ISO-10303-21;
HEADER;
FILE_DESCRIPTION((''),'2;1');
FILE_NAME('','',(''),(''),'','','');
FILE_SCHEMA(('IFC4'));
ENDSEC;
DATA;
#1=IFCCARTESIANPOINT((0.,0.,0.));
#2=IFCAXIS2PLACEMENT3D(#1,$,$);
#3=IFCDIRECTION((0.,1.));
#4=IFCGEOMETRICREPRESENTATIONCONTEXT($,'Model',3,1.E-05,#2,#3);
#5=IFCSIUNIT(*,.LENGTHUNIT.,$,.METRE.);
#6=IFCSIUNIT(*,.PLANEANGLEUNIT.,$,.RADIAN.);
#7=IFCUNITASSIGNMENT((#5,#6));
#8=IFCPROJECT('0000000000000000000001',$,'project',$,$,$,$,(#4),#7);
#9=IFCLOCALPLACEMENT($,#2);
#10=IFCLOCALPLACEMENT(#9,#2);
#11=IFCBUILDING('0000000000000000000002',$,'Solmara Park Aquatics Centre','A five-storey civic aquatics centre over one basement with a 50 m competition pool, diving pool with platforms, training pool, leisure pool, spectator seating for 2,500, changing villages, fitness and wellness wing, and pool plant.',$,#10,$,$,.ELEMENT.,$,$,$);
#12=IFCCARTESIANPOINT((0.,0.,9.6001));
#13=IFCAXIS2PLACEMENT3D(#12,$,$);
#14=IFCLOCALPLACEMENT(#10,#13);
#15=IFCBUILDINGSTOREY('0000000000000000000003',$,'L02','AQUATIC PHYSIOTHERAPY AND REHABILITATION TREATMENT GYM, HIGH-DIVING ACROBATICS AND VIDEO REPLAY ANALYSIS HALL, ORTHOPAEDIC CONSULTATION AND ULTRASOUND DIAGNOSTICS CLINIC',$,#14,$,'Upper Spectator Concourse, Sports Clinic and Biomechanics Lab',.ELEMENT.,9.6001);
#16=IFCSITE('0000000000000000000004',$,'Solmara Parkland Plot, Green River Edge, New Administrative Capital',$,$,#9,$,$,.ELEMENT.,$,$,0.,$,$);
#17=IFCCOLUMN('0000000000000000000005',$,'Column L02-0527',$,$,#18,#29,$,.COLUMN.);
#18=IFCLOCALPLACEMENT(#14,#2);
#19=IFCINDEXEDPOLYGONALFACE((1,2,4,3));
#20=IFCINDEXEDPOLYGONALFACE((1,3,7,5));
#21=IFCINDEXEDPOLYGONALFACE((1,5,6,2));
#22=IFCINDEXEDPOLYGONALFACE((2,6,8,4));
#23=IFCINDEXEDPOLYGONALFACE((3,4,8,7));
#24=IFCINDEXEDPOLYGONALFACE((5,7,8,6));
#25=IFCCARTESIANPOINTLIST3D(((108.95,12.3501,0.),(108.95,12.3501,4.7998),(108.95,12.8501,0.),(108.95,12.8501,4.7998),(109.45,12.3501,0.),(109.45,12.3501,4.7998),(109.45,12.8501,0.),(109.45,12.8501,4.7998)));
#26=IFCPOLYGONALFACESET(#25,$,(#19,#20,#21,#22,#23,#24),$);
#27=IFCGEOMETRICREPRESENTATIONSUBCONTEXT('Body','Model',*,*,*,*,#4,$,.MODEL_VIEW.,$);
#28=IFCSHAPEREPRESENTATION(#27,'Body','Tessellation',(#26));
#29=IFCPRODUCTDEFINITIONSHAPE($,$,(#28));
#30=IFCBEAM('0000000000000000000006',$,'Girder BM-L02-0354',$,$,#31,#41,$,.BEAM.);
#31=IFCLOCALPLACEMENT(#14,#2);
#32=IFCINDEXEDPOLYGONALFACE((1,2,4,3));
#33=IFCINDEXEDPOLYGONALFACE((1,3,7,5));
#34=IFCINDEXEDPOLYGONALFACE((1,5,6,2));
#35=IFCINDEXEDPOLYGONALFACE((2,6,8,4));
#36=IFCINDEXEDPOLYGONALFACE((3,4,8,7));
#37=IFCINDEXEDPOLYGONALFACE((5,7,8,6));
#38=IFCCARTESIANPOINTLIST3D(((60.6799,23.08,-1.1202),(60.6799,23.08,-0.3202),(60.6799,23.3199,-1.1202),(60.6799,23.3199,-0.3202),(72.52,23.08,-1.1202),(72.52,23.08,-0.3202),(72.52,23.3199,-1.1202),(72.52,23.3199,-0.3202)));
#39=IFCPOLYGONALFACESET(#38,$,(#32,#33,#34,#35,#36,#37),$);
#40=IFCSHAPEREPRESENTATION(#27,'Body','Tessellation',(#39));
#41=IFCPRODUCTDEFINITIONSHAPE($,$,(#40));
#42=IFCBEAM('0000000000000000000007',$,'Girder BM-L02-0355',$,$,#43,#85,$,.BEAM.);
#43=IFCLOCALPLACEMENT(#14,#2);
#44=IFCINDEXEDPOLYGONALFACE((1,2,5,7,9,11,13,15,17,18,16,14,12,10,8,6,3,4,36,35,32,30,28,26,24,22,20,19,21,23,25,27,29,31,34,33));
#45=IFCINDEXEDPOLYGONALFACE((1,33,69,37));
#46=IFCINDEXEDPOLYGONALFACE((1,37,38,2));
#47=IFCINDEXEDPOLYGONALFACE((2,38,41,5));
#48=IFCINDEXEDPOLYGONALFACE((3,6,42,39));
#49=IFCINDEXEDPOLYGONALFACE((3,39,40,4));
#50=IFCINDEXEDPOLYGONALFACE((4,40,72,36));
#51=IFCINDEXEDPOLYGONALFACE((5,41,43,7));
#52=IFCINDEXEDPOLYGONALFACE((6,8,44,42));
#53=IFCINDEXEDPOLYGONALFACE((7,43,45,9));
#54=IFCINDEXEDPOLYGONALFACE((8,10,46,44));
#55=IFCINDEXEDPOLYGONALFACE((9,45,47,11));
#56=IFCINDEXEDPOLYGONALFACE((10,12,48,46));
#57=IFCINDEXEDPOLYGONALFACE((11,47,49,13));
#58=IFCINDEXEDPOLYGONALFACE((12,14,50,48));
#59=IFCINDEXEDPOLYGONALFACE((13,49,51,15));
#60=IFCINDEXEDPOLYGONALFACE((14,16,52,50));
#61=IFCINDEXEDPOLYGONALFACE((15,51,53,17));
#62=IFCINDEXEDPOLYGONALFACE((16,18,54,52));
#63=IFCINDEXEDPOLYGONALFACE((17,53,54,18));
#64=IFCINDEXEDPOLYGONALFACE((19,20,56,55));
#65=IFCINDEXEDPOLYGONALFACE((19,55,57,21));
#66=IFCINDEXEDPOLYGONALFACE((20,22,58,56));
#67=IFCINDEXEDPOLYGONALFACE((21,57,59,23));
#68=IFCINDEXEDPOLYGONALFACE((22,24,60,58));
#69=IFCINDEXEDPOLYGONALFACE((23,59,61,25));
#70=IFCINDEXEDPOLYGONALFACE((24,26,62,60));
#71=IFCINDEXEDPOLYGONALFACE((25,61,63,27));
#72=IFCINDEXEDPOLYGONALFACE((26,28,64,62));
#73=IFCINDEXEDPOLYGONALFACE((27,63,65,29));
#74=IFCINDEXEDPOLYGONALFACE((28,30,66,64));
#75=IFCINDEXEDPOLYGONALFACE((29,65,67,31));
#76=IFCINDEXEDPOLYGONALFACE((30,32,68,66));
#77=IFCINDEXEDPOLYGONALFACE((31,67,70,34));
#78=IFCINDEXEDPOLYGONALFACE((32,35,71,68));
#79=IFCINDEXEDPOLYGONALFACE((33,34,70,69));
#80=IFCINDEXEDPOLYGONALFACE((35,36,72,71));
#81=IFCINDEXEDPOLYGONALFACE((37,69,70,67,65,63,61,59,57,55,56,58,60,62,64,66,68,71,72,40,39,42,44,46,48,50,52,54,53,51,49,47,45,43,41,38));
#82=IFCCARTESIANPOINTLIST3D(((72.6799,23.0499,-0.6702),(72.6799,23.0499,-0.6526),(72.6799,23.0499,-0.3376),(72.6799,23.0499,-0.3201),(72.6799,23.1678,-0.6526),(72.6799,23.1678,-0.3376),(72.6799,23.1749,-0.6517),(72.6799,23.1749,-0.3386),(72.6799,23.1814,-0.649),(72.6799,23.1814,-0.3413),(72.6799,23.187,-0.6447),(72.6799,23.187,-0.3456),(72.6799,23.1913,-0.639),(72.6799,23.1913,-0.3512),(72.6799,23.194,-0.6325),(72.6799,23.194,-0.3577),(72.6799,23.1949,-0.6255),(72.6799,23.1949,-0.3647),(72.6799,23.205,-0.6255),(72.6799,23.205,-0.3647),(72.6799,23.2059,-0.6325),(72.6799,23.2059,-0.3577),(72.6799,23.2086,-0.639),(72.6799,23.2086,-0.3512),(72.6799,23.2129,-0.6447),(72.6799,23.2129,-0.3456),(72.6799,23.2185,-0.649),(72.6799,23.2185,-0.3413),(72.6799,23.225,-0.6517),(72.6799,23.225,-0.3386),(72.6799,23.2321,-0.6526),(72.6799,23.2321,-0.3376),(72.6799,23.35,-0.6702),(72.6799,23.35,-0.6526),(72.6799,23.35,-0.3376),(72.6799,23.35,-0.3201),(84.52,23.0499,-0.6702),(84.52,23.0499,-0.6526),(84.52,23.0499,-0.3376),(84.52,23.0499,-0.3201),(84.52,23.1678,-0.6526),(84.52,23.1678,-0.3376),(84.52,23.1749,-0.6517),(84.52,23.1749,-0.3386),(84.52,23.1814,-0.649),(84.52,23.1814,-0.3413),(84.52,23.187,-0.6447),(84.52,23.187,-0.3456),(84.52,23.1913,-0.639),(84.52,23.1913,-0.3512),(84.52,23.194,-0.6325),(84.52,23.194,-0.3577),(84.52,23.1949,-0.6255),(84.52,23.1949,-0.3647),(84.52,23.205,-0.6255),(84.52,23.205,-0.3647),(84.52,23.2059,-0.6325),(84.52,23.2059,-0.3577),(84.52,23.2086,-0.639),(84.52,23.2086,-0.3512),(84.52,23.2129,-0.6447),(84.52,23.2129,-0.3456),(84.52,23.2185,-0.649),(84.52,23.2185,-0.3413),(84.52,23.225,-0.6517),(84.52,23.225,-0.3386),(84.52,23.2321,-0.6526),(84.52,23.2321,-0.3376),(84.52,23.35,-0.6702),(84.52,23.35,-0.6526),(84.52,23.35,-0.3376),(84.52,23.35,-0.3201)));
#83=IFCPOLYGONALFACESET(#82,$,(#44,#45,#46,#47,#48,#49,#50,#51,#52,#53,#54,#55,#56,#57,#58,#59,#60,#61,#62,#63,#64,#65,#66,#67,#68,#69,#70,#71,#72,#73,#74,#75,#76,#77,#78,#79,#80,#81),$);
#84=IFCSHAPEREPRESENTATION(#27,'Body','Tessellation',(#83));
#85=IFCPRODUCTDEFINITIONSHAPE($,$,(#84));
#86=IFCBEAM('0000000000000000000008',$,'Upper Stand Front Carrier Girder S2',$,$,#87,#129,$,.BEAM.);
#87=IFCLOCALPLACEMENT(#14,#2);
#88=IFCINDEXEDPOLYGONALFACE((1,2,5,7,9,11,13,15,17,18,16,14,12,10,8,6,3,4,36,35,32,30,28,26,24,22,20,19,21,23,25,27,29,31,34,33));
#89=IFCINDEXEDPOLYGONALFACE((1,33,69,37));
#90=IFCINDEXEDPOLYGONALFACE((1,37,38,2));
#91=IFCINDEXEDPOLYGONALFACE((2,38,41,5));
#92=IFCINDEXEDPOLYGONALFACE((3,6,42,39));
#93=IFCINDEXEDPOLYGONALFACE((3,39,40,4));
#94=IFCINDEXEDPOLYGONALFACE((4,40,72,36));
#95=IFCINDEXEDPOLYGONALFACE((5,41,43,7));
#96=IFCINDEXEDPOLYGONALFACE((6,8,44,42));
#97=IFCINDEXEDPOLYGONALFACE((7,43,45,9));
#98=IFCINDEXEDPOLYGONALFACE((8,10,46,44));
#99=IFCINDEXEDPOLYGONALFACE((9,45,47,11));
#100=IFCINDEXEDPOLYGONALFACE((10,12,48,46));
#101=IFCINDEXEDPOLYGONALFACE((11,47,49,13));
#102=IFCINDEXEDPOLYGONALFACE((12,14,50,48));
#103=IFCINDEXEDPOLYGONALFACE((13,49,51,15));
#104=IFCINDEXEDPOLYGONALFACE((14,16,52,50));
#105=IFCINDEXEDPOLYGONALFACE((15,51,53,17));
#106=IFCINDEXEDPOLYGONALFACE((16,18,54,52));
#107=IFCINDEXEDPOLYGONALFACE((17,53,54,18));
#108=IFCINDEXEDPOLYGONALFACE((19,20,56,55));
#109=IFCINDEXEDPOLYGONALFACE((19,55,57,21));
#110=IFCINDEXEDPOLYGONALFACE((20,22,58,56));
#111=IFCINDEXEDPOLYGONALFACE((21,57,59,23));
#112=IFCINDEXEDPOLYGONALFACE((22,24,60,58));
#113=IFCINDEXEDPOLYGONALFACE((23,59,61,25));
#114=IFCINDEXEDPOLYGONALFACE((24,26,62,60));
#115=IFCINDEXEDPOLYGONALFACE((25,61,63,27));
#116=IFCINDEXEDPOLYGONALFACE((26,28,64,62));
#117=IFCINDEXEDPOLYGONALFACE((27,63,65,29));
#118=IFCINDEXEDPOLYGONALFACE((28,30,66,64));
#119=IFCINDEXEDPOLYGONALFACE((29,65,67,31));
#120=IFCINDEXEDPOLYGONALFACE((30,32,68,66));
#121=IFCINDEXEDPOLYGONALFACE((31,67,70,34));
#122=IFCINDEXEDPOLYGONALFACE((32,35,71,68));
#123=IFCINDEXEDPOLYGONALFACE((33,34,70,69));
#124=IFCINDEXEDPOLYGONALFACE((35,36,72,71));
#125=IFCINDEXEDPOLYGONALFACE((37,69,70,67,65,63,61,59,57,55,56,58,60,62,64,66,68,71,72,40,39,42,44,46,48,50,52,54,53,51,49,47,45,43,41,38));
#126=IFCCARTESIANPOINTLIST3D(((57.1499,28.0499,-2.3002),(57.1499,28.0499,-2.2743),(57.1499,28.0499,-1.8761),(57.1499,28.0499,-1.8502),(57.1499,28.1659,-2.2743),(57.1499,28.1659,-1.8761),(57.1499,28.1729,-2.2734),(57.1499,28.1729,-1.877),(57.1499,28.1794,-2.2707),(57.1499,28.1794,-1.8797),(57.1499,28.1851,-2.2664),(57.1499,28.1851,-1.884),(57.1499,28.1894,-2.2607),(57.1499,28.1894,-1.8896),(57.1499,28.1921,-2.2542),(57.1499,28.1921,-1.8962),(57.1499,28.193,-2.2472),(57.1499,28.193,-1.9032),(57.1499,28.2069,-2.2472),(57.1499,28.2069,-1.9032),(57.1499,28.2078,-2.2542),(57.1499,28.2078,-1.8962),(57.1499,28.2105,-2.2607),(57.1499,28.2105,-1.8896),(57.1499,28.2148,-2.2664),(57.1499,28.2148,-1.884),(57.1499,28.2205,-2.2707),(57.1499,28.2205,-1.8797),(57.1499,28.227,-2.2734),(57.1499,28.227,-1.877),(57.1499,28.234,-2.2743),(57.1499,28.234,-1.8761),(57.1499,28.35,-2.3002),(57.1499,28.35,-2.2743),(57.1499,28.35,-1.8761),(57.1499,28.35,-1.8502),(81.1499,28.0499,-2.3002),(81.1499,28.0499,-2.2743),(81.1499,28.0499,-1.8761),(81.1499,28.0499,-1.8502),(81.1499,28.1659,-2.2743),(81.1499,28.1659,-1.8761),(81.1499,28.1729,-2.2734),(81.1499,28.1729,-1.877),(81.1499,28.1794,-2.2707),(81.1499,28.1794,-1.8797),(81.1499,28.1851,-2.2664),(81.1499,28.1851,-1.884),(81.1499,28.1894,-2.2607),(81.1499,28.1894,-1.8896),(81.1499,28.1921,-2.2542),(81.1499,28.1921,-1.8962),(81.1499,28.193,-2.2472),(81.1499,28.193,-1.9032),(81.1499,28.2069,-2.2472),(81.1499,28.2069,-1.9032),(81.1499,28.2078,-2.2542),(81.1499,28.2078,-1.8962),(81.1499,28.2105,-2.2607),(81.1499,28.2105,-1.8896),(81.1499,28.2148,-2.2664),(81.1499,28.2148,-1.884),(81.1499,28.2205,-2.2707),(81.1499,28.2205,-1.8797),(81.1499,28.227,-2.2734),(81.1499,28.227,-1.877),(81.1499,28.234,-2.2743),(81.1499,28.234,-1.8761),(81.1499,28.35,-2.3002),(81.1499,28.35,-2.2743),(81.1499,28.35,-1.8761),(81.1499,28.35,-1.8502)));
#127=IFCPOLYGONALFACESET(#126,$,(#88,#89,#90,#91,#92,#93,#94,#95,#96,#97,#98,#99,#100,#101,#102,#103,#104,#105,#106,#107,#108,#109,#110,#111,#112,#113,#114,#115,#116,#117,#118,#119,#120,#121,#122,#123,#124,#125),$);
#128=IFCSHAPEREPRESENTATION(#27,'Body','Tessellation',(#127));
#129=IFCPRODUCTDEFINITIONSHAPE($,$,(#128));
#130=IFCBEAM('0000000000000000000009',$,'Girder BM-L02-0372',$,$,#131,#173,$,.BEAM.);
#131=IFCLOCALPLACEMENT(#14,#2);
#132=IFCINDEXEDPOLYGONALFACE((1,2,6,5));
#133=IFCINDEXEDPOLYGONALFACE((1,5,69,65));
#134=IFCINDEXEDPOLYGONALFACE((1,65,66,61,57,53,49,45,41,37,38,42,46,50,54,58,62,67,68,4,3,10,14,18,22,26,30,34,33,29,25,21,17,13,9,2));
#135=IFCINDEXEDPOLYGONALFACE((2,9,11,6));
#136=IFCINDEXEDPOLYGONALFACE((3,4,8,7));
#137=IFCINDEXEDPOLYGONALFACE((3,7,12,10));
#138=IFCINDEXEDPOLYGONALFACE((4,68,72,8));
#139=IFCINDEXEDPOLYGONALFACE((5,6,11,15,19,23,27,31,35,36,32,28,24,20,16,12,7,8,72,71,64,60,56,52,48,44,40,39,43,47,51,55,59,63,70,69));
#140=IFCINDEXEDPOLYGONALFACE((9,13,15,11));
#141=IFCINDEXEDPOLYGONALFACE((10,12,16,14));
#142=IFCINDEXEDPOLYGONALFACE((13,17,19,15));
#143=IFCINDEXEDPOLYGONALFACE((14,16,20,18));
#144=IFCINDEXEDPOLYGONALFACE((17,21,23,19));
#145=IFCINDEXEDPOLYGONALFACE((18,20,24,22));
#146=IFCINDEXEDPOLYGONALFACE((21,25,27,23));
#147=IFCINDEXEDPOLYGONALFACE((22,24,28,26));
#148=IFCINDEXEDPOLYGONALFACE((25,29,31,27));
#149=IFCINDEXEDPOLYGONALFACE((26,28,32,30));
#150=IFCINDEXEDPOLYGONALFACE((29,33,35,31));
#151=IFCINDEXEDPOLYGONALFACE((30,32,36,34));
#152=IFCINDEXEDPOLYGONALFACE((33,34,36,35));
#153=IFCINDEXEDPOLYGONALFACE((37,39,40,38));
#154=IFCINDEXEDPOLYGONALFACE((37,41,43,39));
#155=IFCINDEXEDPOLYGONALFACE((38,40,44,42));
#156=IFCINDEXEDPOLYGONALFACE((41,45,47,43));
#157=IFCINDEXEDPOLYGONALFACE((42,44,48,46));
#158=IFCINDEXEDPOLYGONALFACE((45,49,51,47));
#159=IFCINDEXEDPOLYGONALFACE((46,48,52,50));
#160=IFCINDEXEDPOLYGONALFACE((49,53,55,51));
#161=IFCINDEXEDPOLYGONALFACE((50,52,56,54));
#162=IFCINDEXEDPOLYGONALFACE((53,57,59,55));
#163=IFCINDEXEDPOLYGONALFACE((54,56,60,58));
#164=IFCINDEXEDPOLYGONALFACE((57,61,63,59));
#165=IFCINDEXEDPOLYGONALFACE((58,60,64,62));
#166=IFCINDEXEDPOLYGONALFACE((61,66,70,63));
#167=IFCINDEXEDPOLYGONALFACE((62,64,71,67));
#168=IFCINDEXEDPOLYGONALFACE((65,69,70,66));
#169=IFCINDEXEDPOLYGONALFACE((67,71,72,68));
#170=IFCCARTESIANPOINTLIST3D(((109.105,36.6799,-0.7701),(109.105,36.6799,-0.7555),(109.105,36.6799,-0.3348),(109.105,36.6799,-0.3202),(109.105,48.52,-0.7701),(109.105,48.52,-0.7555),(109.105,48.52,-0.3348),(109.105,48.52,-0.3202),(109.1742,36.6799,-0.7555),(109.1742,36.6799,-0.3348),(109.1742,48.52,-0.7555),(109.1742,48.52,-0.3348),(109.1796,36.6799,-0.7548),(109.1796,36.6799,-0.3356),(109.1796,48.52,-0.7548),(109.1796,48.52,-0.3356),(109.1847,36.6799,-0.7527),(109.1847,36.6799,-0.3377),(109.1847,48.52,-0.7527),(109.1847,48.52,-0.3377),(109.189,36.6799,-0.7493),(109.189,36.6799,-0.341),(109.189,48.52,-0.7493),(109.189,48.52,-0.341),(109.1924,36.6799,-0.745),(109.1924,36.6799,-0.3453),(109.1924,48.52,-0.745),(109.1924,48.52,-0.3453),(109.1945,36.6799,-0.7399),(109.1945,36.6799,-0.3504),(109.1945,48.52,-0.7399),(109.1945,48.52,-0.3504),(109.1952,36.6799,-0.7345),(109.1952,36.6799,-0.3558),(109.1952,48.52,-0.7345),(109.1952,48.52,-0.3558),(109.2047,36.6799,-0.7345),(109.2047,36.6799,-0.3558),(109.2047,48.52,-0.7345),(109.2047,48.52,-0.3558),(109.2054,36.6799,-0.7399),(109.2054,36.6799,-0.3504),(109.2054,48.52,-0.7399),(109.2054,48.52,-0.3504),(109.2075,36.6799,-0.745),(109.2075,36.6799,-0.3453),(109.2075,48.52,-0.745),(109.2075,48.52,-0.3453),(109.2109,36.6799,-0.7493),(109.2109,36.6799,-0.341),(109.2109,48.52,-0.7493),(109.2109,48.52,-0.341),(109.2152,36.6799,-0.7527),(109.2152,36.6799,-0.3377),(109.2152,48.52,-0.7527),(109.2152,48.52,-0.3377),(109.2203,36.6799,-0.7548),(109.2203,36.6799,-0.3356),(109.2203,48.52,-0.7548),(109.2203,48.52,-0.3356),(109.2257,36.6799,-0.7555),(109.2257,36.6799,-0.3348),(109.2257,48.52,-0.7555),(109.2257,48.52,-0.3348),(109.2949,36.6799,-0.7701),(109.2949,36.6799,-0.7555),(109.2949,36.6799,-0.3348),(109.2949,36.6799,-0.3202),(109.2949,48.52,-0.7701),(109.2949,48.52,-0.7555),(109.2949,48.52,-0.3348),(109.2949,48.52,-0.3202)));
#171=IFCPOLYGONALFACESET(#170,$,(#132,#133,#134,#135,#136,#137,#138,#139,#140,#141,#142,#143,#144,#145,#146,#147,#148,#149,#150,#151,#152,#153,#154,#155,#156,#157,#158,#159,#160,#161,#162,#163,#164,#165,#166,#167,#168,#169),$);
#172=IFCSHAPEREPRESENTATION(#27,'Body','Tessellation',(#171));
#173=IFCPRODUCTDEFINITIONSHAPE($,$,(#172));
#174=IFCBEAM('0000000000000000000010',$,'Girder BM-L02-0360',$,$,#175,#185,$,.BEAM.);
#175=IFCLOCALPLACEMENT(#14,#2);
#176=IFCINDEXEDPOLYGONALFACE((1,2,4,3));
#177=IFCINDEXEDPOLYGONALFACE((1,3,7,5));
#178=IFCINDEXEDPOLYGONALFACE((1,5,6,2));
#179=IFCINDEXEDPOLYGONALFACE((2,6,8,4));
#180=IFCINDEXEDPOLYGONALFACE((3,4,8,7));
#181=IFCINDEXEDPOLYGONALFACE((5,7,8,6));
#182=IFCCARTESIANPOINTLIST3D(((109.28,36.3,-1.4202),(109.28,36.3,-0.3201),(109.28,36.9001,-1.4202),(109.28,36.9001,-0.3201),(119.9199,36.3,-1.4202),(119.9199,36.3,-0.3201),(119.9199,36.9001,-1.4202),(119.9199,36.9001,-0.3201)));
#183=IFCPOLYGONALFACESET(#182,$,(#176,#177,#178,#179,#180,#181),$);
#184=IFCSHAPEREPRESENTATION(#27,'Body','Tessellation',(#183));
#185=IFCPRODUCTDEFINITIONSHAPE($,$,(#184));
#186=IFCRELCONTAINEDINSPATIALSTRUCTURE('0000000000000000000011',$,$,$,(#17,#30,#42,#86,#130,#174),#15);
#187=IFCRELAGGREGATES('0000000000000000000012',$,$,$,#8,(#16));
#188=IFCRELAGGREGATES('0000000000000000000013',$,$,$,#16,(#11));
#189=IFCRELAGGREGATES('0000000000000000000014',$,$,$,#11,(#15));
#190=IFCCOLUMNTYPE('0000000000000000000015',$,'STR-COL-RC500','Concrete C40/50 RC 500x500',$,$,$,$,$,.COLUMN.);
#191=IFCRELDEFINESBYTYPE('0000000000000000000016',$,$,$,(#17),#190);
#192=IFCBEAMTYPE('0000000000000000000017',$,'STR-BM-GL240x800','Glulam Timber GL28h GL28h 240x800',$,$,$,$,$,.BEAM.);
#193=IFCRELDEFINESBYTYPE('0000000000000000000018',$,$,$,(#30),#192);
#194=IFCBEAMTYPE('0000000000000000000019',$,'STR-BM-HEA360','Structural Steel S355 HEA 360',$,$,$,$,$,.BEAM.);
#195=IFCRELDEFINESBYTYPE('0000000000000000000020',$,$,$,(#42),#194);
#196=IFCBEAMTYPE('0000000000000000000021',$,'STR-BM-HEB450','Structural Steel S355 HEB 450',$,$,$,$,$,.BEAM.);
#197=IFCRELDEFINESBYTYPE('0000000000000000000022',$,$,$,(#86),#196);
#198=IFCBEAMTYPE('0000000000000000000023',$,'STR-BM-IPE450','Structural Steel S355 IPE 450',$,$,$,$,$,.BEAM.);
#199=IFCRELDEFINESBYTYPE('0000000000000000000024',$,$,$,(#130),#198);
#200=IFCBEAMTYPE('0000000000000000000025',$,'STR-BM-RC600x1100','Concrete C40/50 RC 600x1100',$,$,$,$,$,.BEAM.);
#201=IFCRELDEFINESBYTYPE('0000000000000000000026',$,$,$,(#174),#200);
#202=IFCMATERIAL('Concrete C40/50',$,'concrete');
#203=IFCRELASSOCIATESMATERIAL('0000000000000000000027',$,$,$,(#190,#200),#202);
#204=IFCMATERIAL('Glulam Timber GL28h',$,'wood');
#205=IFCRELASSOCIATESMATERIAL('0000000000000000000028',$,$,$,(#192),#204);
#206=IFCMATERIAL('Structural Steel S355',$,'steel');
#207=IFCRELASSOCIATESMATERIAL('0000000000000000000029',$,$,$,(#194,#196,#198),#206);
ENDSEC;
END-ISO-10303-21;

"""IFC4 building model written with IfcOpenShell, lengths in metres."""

from ifc_helpers import new_model, si_unit, direction, frame, origin, origin_2d, place, context, subcontext, project, spatial, rectangle, i_section, extrude, material, material_profile, profile_set, type_object, element, save


model = new_model("IFC4")

# Units and contexts
model_context = context("Model", 3, precision=1e-05, world=origin(), true_north=direction((0.0, 1.0)))
body_context = subcontext(model_context, "Body", "Model", "MODEL_VIEW")
ifc_project = project(units=[si_unit("LENGTHUNIT", "METRE"), si_unit("PLANEANGLEUNIT", "RADIAN")], contexts=[model_context])

# Site, building, storey
site_placement = place(None, origin())
site = spatial("IfcSite", under=ifc_project, at=site_placement, Name="Solmara Parkland Plot, Green River Edge, New Administrative Capital", CompositionType="ELEMENT", RefElevation=0.0)
building_placement = place(site_placement, origin())
building = spatial("IfcBuilding", under=site, at=building_placement, Name="Solmara Park Aquatics Centre", Description="A five-storey civic aquatics centre over one basement with a 50 m competition pool, diving pool with platforms, training pool, leisure pool, spectator seating for 2,500, changing villages, fitness and wellness wing, and pool plant.", CompositionType="ELEMENT")
storey_placement = place(building_placement, frame((0.0, 0.0, 9.6001)))
storey = spatial("IfcBuildingStorey", under=building, at=storey_placement, Name="L02", Description="AQUATIC PHYSIOTHERAPY AND REHABILITATION TREATMENT GYM, HIGH-DIVING ACROBATICS AND VIDEO REPLAY ANALYSIS HALL, ORTHOPAEDIC CONSULTATION AND ULTRASOUND DIAGNOSTICS CLINIC", LongName="Upper Spectator Concourse, Sports Clinic and Biomechanics Lab", CompositionType="ELEMENT", Elevation=9.6001)

# Column
ifc_material_1 = material(Name="Structural Steel S355", Category="steel")
ifc_material_2 = material(Name="Concrete C40/50", Category="concrete")
ifc_material_profile_1 = material_profile(ifc_material_2, rectangle(XDim=0.5, YDim=0.5, at=origin_2d()), Name="RC 500x500")
ifc_profile_set_1 = profile_set([ifc_material_profile_1], Name="Concrete C40/50")
column_type_1 = type_object("IfcColumnType", Name="STR-COL-RC500", Description="Concrete C40/50 RC 500x500", PredefinedType="COLUMN", material=ifc_profile_set_1)
column_1_placement = place(storey_placement, frame((109.2, 12.6001, 0.0), z_axis=(0.0, 0.0, 1.0), x_axis=(1.0, 0.0, 0.0)))
element("IfcColumn", 1, at=column_1_placement, inside=storey, type_object=column_type_1, Name="Column L02-0527", PredefinedType="COLUMN", context=body_context, shape_type="SweptSolid", body=[
    extrude(rectangle(XDim=0.5, YDim=0.5, at=origin_2d()), origin(), (0.0, 0.0, 1.0), 4.7998),
])

# Beams
ifc_material_3 = material(Name="Glulam Timber GL28h", Category="wood")
ifc_material_profile_2 = material_profile(ifc_material_3, rectangle(XDim=0.24, YDim=0.8, at=origin_2d()), Name="GL28h 240x800")
ifc_profile_set_2 = profile_set([ifc_material_profile_2], Name="Glulam Timber GL28h")
beam_type_1 = type_object("IfcBeamType", Name="STR-BM-GL240x800", Description="Glulam Timber GL28h GL28h 240x800", PredefinedType="BEAM", material=ifc_profile_set_2)
beam_1_placement = place(storey_placement, frame((60.6799, 23.2, -0.7202), z_axis=(1.0, 0.0, 0.0), x_axis=(0.0, 1.0, 0.0)))
element("IfcBeam", 2, at=beam_1_placement, inside=storey, type_object=beam_type_1, Name="Girder BM-L02-0354", PredefinedType="BEAM", context=body_context, shape_type="SweptSolid", body=[
    extrude(rectangle(XDim=0.24, YDim=0.8, at=origin_2d()), origin(), (0.0, 0.0, 1.0), 11.8401),
])
ifc_material_profile_3 = material_profile(ifc_material_1, i_section(OverallWidth=0.3, OverallDepth=0.3501, WebThickness=0.01, FlangeThickness=0.0176, FilletRadius=0.0271, at=origin_2d()), Name="HEA 360")
ifc_profile_set_3 = profile_set([ifc_material_profile_3], Name="Structural Steel S355")
beam_type_2 = type_object("IfcBeamType", Name="STR-BM-HEA360", Description="Structural Steel S355 HEA 360", PredefinedType="BEAM", material=ifc_profile_set_3)
beam_2_placement = place(storey_placement, frame((72.6799, 23.2, -0.4951), z_axis=(1.0, 0.0, 0.0), x_axis=(0.0, 1.0, 0.0)))
element("IfcBeam", 3, at=beam_2_placement, inside=storey, type_object=beam_type_2, Name="Girder BM-L02-0355", PredefinedType="BEAM", context=body_context, shape_type="SweptSolid", body=[
    extrude(i_section(OverallWidth=0.3, OverallDepth=0.3501, WebThickness=0.01, FlangeThickness=0.0176, FilletRadius=0.0271, at=origin_2d()), origin(), (0.0, 0.0, 1.0), 11.8401),
])
ifc_material_profile_4 = material_profile(ifc_material_1, i_section(OverallWidth=0.3, OverallDepth=0.45, WebThickness=0.0139, FlangeThickness=0.0259, FilletRadius=0.0271, at=origin_2d()), Name="HEB 450")
ifc_profile_set_4 = profile_set([ifc_material_profile_4], Name="Structural Steel S355")
beam_type_3 = type_object("IfcBeamType", Name="STR-BM-HEB450", Description="Structural Steel S355 HEB 450", PredefinedType="BEAM", material=ifc_profile_set_4)
beam_3_placement = place(storey_placement, frame((57.1499, 28.2, -2.0752), z_axis=(1.0, 0.0, 0.0), x_axis=(0.0, 1.0, 0.0)))
element("IfcBeam", 4, at=beam_3_placement, inside=storey, type_object=beam_type_3, Name="Upper Stand Front Carrier Girder S2", PredefinedType="BEAM", context=body_context, shape_type="SweptSolid", body=[
    extrude(i_section(OverallWidth=0.3, OverallDepth=0.45, WebThickness=0.0139, FlangeThickness=0.0259, FilletRadius=0.0271, at=origin_2d()), origin(), (0.0, 0.0, 1.0), 24.0),
])
ifc_material_profile_5 = material_profile(ifc_material_1, i_section(OverallWidth=0.1899, OverallDepth=0.45, WebThickness=0.0095, FlangeThickness=0.0146, FilletRadius=0.021, at=origin_2d()), Name="IPE 450")
ifc_profile_set_5 = profile_set([ifc_material_profile_5], Name="Structural Steel S355")
beam_type_4 = type_object("IfcBeamType", Name="STR-BM-IPE450", Description="Structural Steel S355 IPE 450", PredefinedType="BEAM", material=ifc_profile_set_5)
beam_4_placement = place(storey_placement, frame((109.2, 36.6799, -0.5452), z_axis=(0.0, 1.0, 0.0), x_axis=(-1.0, 0.0, 0.0)))
element("IfcBeam", 5, at=beam_4_placement, inside=storey, type_object=beam_type_4, Name="Girder BM-L02-0372", PredefinedType="BEAM", context=body_context, shape_type="SweptSolid", body=[
    extrude(i_section(OverallWidth=0.1899, OverallDepth=0.45, WebThickness=0.0095, FlangeThickness=0.0146, FilletRadius=0.021, at=origin_2d()), origin(), (0.0, 0.0, 1.0), 11.8401),
])
ifc_material_profile_6 = material_profile(ifc_material_2, rectangle(XDim=0.6001, YDim=1.1001, at=origin_2d()), Name="RC 600x1100")
ifc_profile_set_6 = profile_set([ifc_material_profile_6], Name="Concrete C40/50")
beam_type_5 = type_object("IfcBeamType", Name="STR-BM-RC600x1100", Description="Concrete C40/50 RC 600x1100", PredefinedType="BEAM", material=ifc_profile_set_6)
beam_5_placement = place(storey_placement, frame((109.28, 36.6001, -0.8701), z_axis=(1.0, 0.0, 0.0), x_axis=(0.0, 1.0, 0.0)))
element("IfcBeam", 6, at=beam_5_placement, inside=storey, type_object=beam_type_5, Name="Girder BM-L02-0360", PredefinedType="BEAM", context=body_context, shape_type="SweptSolid", body=[
    extrude(rectangle(XDim=0.6001, YDim=1.1001, at=origin_2d()), origin(), (0.0, 0.0, 1.0), 10.6399),
])

save(model, "model.ifc")
